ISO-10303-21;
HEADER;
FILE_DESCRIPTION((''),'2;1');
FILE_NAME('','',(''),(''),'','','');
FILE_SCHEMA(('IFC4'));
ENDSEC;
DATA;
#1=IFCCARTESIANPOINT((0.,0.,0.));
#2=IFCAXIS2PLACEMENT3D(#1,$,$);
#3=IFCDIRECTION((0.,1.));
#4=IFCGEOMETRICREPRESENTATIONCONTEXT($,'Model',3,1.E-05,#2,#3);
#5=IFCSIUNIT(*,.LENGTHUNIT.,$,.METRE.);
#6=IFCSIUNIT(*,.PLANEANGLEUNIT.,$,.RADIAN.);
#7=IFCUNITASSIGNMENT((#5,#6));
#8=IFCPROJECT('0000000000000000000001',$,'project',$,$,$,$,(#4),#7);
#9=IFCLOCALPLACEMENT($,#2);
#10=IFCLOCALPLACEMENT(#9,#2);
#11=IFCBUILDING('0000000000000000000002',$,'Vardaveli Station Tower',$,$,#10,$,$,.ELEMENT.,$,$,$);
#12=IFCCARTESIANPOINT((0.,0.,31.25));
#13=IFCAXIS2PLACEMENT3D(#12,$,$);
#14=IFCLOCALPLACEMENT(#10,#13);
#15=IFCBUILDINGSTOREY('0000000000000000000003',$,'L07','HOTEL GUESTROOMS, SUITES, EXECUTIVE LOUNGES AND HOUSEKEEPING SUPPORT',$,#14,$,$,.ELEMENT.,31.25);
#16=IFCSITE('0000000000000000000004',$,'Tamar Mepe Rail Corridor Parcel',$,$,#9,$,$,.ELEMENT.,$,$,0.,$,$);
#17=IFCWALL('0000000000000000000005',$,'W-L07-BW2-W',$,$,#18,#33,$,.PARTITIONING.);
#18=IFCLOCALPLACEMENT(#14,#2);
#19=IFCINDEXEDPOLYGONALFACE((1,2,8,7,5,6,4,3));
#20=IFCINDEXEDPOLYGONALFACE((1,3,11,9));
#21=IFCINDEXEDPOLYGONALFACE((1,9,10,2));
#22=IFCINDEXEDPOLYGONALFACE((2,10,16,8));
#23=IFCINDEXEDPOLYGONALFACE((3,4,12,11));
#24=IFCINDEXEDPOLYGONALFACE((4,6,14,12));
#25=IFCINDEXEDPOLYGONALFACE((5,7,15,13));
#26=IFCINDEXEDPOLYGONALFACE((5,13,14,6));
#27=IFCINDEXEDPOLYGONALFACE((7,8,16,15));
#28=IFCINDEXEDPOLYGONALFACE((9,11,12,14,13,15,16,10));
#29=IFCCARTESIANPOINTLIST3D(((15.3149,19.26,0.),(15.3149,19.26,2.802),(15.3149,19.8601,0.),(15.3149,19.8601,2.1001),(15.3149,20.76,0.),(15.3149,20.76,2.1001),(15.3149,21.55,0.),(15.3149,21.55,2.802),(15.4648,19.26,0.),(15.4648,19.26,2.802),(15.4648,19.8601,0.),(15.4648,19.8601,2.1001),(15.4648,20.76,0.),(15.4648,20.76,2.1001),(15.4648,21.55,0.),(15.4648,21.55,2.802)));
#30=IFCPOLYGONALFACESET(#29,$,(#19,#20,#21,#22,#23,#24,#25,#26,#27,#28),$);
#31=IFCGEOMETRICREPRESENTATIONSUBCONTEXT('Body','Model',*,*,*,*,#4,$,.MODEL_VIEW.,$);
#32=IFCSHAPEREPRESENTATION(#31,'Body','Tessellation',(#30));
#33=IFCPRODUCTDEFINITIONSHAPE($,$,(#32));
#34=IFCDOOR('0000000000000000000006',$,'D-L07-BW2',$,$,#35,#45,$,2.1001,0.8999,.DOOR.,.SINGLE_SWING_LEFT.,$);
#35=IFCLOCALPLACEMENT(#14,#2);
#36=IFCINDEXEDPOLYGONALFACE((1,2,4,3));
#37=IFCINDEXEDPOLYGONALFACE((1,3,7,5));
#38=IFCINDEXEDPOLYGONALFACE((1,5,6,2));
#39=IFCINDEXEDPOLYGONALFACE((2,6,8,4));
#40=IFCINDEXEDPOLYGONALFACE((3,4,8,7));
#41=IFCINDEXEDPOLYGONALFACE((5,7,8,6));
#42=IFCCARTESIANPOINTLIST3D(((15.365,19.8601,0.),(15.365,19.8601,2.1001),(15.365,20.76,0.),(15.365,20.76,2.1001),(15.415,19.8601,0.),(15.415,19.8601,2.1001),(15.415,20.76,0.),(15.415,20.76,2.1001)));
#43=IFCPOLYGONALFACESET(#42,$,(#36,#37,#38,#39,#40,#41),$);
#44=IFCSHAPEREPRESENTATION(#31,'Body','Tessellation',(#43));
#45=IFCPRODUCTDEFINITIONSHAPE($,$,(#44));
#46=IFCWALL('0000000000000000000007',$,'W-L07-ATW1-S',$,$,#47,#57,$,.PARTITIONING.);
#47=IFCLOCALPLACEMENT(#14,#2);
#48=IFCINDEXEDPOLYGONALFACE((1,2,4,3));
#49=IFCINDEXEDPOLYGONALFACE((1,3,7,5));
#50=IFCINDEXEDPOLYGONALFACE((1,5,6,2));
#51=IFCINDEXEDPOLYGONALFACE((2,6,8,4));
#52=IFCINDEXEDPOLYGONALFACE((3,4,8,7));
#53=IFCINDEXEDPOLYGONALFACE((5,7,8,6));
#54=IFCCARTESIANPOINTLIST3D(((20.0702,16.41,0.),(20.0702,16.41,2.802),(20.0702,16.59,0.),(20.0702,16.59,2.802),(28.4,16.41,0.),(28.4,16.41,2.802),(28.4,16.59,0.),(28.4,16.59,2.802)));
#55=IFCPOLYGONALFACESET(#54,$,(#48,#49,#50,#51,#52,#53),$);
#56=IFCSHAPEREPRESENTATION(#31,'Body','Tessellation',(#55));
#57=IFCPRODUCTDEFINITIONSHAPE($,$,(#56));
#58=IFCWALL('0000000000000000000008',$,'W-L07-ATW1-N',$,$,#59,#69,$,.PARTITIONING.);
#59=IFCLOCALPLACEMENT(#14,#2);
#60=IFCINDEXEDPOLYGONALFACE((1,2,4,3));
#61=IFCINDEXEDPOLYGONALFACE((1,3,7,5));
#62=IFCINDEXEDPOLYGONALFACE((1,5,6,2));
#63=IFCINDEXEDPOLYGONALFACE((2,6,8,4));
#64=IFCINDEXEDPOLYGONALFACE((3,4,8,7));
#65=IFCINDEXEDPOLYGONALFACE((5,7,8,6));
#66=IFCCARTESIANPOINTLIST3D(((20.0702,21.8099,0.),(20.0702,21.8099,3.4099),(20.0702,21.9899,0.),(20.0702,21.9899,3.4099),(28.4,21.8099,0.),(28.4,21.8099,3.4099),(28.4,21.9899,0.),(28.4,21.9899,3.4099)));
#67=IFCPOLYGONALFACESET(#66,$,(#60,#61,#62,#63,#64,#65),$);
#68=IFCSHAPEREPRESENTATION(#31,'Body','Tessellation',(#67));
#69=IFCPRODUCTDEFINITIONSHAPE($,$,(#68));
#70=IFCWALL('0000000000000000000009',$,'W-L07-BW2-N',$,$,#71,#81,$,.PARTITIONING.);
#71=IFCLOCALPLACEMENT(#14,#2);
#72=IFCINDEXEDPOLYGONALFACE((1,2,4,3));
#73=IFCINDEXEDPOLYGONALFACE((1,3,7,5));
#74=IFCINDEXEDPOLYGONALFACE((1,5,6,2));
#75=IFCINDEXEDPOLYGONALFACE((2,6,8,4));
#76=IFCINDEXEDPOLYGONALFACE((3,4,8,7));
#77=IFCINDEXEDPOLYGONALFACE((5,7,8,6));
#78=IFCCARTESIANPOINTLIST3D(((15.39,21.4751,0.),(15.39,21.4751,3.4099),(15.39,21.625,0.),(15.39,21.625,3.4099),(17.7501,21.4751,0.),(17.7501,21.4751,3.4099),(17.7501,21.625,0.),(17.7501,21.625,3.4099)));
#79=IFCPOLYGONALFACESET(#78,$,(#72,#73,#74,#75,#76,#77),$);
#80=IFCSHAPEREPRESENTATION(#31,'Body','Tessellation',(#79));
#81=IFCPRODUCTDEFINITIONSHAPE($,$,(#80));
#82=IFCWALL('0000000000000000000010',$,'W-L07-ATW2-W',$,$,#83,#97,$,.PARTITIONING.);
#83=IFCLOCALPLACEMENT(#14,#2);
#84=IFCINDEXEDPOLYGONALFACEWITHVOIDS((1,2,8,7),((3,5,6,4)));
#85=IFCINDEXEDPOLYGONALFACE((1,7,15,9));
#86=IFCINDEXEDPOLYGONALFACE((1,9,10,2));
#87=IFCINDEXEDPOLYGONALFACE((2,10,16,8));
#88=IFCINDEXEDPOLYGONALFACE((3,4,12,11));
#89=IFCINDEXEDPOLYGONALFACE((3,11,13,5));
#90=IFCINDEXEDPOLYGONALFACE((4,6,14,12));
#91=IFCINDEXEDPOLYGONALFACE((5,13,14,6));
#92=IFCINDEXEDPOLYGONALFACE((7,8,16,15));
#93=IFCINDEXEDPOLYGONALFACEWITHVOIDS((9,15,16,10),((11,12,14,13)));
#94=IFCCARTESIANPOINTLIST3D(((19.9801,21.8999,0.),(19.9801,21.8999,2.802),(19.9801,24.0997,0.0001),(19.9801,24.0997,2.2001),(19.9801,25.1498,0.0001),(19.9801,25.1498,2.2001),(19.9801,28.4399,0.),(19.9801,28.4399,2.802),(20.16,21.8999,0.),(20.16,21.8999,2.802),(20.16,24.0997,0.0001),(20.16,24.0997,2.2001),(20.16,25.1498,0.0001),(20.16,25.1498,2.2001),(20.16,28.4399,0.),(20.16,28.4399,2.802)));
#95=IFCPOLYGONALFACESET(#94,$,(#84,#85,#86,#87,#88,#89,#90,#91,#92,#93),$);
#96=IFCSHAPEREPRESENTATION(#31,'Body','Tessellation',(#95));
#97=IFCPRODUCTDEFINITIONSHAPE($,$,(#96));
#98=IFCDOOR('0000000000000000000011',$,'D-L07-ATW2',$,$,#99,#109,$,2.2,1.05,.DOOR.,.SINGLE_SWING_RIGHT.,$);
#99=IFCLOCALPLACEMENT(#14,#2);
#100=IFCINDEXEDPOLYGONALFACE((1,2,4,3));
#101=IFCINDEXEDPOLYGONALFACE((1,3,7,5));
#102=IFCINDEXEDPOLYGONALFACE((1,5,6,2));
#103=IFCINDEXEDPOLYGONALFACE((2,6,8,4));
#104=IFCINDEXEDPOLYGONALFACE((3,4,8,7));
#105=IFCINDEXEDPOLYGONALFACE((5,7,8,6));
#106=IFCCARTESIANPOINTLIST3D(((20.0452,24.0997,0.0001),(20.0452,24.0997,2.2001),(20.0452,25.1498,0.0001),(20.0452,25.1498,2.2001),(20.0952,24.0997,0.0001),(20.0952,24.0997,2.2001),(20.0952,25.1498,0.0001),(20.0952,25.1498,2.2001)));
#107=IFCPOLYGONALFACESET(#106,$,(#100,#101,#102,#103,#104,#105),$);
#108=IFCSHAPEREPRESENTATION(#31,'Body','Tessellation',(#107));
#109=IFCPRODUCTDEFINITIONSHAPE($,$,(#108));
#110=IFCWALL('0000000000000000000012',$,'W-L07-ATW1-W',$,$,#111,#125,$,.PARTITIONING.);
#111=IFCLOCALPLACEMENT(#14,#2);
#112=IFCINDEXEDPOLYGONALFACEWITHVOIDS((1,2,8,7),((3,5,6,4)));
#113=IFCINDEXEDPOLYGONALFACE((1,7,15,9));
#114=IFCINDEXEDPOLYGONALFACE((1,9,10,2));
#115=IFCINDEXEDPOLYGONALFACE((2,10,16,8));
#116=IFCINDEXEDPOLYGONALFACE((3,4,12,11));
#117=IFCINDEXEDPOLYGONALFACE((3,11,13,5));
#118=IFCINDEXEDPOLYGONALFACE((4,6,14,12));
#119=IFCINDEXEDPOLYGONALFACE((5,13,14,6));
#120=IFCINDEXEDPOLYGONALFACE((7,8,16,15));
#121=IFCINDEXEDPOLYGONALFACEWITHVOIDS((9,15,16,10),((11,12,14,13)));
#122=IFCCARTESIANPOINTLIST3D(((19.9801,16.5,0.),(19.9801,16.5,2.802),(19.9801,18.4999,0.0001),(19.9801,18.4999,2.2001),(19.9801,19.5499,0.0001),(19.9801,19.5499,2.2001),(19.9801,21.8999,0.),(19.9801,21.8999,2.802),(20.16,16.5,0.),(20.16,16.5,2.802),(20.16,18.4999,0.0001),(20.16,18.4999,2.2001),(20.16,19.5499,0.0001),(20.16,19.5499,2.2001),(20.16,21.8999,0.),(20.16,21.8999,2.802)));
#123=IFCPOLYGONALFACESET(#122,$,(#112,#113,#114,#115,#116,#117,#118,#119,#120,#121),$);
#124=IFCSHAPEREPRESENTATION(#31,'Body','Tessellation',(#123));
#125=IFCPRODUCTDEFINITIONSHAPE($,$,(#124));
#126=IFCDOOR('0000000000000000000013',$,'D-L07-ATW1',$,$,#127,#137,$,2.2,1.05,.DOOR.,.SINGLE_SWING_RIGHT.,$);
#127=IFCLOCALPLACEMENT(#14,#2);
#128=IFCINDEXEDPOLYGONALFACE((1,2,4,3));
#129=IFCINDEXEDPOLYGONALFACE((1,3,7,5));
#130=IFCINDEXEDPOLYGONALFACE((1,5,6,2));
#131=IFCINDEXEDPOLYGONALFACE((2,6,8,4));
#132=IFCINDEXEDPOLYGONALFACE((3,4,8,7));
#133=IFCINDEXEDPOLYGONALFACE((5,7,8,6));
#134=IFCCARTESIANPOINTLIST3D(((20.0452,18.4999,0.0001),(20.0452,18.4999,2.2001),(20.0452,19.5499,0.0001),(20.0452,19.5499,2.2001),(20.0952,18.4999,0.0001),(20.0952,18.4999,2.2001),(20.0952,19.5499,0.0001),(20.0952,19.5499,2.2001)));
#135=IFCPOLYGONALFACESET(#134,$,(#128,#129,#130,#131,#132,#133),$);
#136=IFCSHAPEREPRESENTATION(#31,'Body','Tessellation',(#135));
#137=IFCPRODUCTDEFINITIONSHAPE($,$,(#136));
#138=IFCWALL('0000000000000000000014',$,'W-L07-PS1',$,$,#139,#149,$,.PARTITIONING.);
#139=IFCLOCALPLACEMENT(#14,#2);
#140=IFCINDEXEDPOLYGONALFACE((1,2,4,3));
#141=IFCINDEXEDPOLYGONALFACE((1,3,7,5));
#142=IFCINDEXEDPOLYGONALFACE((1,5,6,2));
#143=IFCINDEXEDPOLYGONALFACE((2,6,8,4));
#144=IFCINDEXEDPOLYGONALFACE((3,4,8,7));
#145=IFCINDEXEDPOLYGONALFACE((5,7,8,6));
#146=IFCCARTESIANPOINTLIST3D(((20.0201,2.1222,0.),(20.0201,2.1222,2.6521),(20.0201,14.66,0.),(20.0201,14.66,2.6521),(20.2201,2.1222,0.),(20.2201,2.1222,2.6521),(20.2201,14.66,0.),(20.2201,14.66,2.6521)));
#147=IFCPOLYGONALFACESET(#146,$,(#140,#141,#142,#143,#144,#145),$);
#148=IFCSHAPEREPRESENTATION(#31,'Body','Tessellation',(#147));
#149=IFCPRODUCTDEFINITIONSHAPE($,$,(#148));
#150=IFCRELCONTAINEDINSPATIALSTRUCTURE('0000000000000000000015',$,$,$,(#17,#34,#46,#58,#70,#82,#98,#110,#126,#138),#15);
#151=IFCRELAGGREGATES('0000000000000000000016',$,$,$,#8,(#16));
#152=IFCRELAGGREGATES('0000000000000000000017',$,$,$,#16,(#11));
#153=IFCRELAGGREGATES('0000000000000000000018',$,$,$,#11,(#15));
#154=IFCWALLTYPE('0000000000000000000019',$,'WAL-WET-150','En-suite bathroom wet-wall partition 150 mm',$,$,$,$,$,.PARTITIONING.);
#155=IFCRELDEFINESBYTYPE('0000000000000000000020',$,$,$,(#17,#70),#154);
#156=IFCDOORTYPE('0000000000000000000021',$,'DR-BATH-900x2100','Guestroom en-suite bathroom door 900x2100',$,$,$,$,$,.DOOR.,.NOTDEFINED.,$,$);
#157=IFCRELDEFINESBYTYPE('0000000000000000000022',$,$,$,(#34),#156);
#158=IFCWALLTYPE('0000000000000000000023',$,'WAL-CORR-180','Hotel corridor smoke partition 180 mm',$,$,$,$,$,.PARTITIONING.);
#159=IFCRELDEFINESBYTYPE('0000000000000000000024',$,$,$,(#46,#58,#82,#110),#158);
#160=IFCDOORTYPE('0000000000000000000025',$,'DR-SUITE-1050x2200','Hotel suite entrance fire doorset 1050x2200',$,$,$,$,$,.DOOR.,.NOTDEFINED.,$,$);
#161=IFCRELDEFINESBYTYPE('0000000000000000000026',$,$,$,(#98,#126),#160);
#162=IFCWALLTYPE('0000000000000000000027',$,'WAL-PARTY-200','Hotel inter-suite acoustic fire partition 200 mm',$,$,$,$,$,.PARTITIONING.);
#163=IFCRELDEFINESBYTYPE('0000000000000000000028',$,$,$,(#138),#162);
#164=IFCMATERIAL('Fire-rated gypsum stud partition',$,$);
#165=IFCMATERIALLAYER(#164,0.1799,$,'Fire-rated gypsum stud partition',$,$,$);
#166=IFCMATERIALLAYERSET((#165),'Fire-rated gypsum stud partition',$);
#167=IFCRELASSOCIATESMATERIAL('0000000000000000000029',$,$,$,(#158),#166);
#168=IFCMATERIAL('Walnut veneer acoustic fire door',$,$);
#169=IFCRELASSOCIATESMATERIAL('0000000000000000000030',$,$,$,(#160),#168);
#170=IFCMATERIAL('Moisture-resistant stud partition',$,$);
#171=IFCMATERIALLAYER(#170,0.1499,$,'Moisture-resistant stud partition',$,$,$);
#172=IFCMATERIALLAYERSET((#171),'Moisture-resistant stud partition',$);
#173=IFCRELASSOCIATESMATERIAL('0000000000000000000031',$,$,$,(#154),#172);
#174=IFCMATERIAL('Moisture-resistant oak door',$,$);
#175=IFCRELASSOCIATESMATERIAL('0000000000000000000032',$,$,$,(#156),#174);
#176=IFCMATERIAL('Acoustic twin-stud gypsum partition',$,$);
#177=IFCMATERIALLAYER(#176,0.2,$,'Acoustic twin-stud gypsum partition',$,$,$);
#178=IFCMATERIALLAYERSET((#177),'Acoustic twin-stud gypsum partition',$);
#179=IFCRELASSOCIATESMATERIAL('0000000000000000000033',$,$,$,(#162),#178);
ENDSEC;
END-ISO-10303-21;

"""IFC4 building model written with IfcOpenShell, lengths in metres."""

from ifc_helpers import new_model, si_unit, direction, frame, frame_2d, origin, place, context, subcontext, project, spatial, rectangle, extrude, source, transform, mapped, material, layer, layer_set, type_object, element, fill, save


model = new_model("IFC4")

# Units and contexts
model_context = context("Model", 3, precision=1e-05, world=origin(), true_north=direction((0.0, 1.0)))
body_context = subcontext(model_context, "Body", "Model", "MODEL_VIEW")
ifc_project = project(units=[si_unit("LENGTHUNIT", "METRE"), si_unit("PLANEANGLEUNIT", "RADIAN")], contexts=[model_context])

# Site, building, storey
site_placement = place(None, origin())
site = spatial("IfcSite", under=ifc_project, at=site_placement, Name="Tamar Mepe Rail Corridor Parcel", CompositionType="ELEMENT", RefElevation=0.0)
building_placement = place(site_placement, origin())
building = spatial("IfcBuilding", under=site, at=building_placement, Name="Vardaveli Station Tower", CompositionType="ELEMENT")
storey_placement = place(building_placement, frame((0.0, 0.0, 31.25)))
storey = spatial("IfcBuildingStorey", under=building, at=storey_placement, Name="L07", Description="HOTEL GUESTROOMS, SUITES, EXECUTIVE LOUNGES AND HOUSEKEEPING SUPPORT", CompositionType="ELEMENT", Elevation=31.25)

# Shared definitions
ifc_material_1 = material(Name="Fire-rated gypsum stud partition")
ifc_layer_1 = layer(ifc_material_1, 0.1799, Name="Fire-rated gypsum stud partition")
ifc_layer_set_1 = layer_set([ifc_layer_1], Name="Fire-rated gypsum stud partition")
wall_type_1 = type_object("IfcWallType", Name="WAL-CORR-180", Description="Hotel corridor smoke partition 180 mm", PredefinedType="PARTITIONING", material=ifc_layer_set_1)
shared_shape_1 = source(origin(), body_context, "Body", "SweptSolid", [
    extrude(rectangle(XDim=1.05, YDim=2.2, at=frame_2d((0.5249, 1.1001))), frame((0.0, 0.1001, 0.0), z_axis=(0.0, -1.0, 0.0), x_axis=(1.0, 0.0, 0.0)), (0.0, 0.0, 1.0), 0.2),
])
ifc_material_2 = material(Name="Walnut veneer acoustic fire door")
door_type_1 = type_object("IfcDoorType", Name="DR-SUITE-1050x2200", Description="Hotel suite entrance fire doorset 1050x2200", OperationType="NOTDEFINED", PredefinedType="DOOR", material=ifc_material_2)
shared_shape_2 = source(origin(), body_context, "Body", "SweptSolid", [
    extrude(rectangle(XDim=1.05, YDim=2.2, at=frame_2d((0.5249, 1.1001))), frame((0.0, 0.0249, 0.0), z_axis=(0.0, -1.0, 0.0), x_axis=(1.0, 0.0, 0.0)), (0.0, 0.0, 1.0), 0.05),
])

# Wall, opening, door
ifc_material_3 = material(Name="Moisture-resistant stud partition")
ifc_layer_2 = layer(ifc_material_3, 0.1499, Name="Moisture-resistant stud partition")
ifc_layer_set_2 = layer_set([ifc_layer_2], Name="Moisture-resistant stud partition")
wall_type_2 = type_object("IfcWallType", Name="WAL-WET-150", Description="En-suite bathroom wet-wall partition 150 mm", PredefinedType="PARTITIONING", material=ifc_layer_set_2)
shared_shape_3 = source(origin(), body_context, "Body", "SweptSolid", [
    extrude(rectangle(XDim=2.29, YDim=0.1499, at=frame_2d((1.145, 0.0))), origin(), (0.0, 0.0, 1.0), 2.802),
])
wall_1_placement = place(storey_placement, frame((15.3899, 19.26, 0.0), z_axis=(0.0, 0.0, 1.0), x_axis=(0.0, 1.0, 0.0)))
wall_1 = element("IfcWall", 1, at=wall_1_placement, inside=storey, type_object=wall_type_2, Name="W-L07-BW2-W", PredefinedType="PARTITIONING", context=body_context, shape_type="MappedRepresentation", body=[
    mapped(shared_shape_3, transform((0.0, 0.0, 0.0), scale=1.0)),
])
shared_shape_4 = source(origin(), body_context, "Body", "SweptSolid", [
    extrude(rectangle(XDim=0.8999, YDim=2.1001, at=frame_2d((0.45, 1.05))), frame((0.0, 0.085, 0.0), z_axis=(0.0, -1.0, 0.0), x_axis=(1.0, 0.0, 0.0)), (0.0, 0.0, 1.0), 0.1699),
])
opening_1_placement = place(wall_1_placement, frame((0.6001, 0.0, 0.0)))
opening_1 = element("IfcOpeningElement", 2, at=opening_1_placement, cuts=wall_1, PredefinedType="OPENING", context=body_context, shape_type="MappedRepresentation", body=[
    mapped(shared_shape_4, transform((0.0, 0.0, 0.0), scale=1.0)),
])
ifc_material_4 = material(Name="Moisture-resistant oak door")
door_type_2 = type_object("IfcDoorType", Name="DR-BATH-900x2100", Description="Guestroom en-suite bathroom door 900x2100", OperationType="NOTDEFINED", PredefinedType="DOOR", material=ifc_material_4)
shared_shape_5 = source(origin(), body_context, "Body", "SweptSolid", [
    extrude(rectangle(XDim=0.8999, YDim=2.1001, at=frame_2d((0.45, 1.05))), frame((0.0, 0.0249, 0.0), z_axis=(0.0, -1.0, 0.0), x_axis=(1.0, 0.0, 0.0)), (0.0, 0.0, 1.0), 0.05),
])
door_1_placement = place(opening_1_placement, origin())
door_1 = element("IfcDoor", 3, at=door_1_placement, inside=storey, type_object=door_type_2, Name="D-L07-BW2", OperationType="SINGLE_SWING_LEFT", OverallHeight=2.1001, OverallWidth=0.8999, PredefinedType="DOOR", context=body_context, shape_type="MappedRepresentation", body=[
    mapped(shared_shape_5, transform((0.0, 0.0, 0.0), scale=1.0)),
])
fill(opening_1, door_1)

# Walls
shared_shape_6 = source(origin(), body_context, "Body", "SweptSolid", [
    extrude(rectangle(XDim=8.3298, YDim=0.1799, at=frame_2d((4.165, 0.0))), origin(), (0.0, 0.0, 1.0), 2.802),
])
wall_2_placement = place(storey_placement, frame((20.0701, 16.5, 0.0), z_axis=(0.0, 0.0, 1.0), x_axis=(1.0, 0.0, 0.0)))
element("IfcWall", 4, at=wall_2_placement, inside=storey, type_object=wall_type_1, Name="W-L07-ATW1-S", PredefinedType="PARTITIONING", context=body_context, shape_type="MappedRepresentation", body=[
    mapped(shared_shape_6, transform((0.0, 0.0, 0.0), scale=1.0)),
])
shared_shape_7 = source(origin(), body_context, "Body", "SweptSolid", [
    extrude(rectangle(XDim=8.3298, YDim=0.1799, at=frame_2d((4.165, 0.0))), origin(), (0.0, 0.0, 1.0), 3.4099),
])
wall_3_placement = place(storey_placement, frame((20.0701, 21.8999, 0.0), z_axis=(0.0, 0.0, 1.0), x_axis=(1.0, 0.0, 0.0)))
element("IfcWall", 5, at=wall_3_placement, inside=storey, type_object=wall_type_1, Name="W-L07-ATW1-N", PredefinedType="PARTITIONING", context=body_context, shape_type="MappedRepresentation", body=[
    mapped(shared_shape_7, transform((0.0, 0.0, 0.0), scale=1.0)),
])
shared_shape_8 = source(origin(), body_context, "Body", "SweptSolid", [
    extrude(rectangle(XDim=2.3601, YDim=0.1499, at=frame_2d((1.1802, 0.0))), origin(), (0.0, 0.0, 1.0), 3.4099),
])
wall_4_placement = place(storey_placement, frame((15.3899, 21.55, 0.0), z_axis=(0.0, 0.0, 1.0), x_axis=(1.0, 0.0, 0.0)))
element("IfcWall", 6, at=wall_4_placement, inside=storey, type_object=wall_type_2, Name="W-L07-BW2-N", PredefinedType="PARTITIONING", context=body_context, shape_type="MappedRepresentation", body=[
    mapped(shared_shape_8, transform((0.0, 0.0, 0.0), scale=1.0)),
])

# Walls, openings, doors
shared_shape_9 = source(origin(), body_context, "Body", "SweptSolid", [
    extrude(rectangle(XDim=6.54, YDim=0.1799, at=frame_2d((3.27, 0.0))), origin(), (0.0, 0.0, 1.0), 2.802),
])
wall_5_placement = place(storey_placement, frame((20.0701, 21.8999, 0.0), z_axis=(0.0, 0.0, 1.0), x_axis=(0.0, 1.0, 0.0)))
wall_5 = element("IfcWall", 7, at=wall_5_placement, inside=storey, type_object=wall_type_1, Name="W-L07-ATW2-W", PredefinedType="PARTITIONING", context=body_context, shape_type="MappedRepresentation", body=[
    mapped(shared_shape_9, transform((0.0, 0.0, 0.0), scale=1.0)),
])
opening_2_placement = place(wall_5_placement, frame((2.2, 0.0, 0.0)))
opening_2 = element("IfcOpeningElement", 8, at=opening_2_placement, cuts=wall_5, PredefinedType="OPENING", context=body_context, shape_type="MappedRepresentation", body=[
    mapped(shared_shape_1, transform((0.0, 0.0, 0.0), scale=1.0)),
])
door_2_placement = place(opening_2_placement, origin())
door_2 = element("IfcDoor", 9, at=door_2_placement, inside=storey, type_object=door_type_1, Name="D-L07-ATW2", OperationType="SINGLE_SWING_RIGHT", OverallHeight=2.2, OverallWidth=1.05, PredefinedType="DOOR", context=body_context, shape_type="MappedRepresentation", body=[
    mapped(shared_shape_2, transform((0.0, 0.0, 0.0), scale=1.0)),
])
fill(opening_2, door_2)
shared_shape_10 = source(origin(), body_context, "Body", "SweptSolid", [
    extrude(rectangle(XDim=5.3999, YDim=0.1799, at=frame_2d((2.7, 0.0))), origin(), (0.0, 0.0, 1.0), 2.802),
])
wall_6_placement = place(storey_placement, frame((20.0701, 16.5, 0.0), z_axis=(0.0, 0.0, 1.0), x_axis=(0.0, 1.0, 0.0)))
wall_6 = element("IfcWall", 10, at=wall_6_placement, inside=storey, type_object=wall_type_1, Name="W-L07-ATW1-W", PredefinedType="PARTITIONING", context=body_context, shape_type="MappedRepresentation", body=[
    mapped(shared_shape_10, transform((0.0, 0.0, 0.0), scale=1.0)),
])
opening_3_placement = place(wall_6_placement, frame((2.0, 0.0, 0.0)))
opening_3 = element("IfcOpeningElement", 11, at=opening_3_placement, cuts=wall_6, PredefinedType="OPENING", context=body_context, shape_type="MappedRepresentation", body=[
    mapped(shared_shape_1, transform((0.0, 0.0, 0.0), scale=1.0)),
])
door_3_placement = place(opening_3_placement, origin())
door_3 = element("IfcDoor", 12, at=door_3_placement, inside=storey, type_object=door_type_1, Name="D-L07-ATW1", OperationType="SINGLE_SWING_RIGHT", OverallHeight=2.2, OverallWidth=1.05, PredefinedType="DOOR", context=body_context, shape_type="MappedRepresentation", body=[
    mapped(shared_shape_2, transform((0.0, 0.0, 0.0), scale=1.0)),
])
fill(opening_3, door_3)

# Wall
ifc_material_5 = material(Name="Acoustic twin-stud gypsum partition")
ifc_layer_3 = layer(ifc_material_5, 0.2, Name="Acoustic twin-stud gypsum partition")
ifc_layer_set_3 = layer_set([ifc_layer_3], Name="Acoustic twin-stud gypsum partition")
wall_type_3 = type_object("IfcWallType", Name="WAL-PARTY-200", Description="Hotel inter-suite acoustic fire partition 200 mm", PredefinedType="PARTITIONING", material=ifc_layer_set_3)
shared_shape_11 = source(origin(), body_context, "Body", "SweptSolid", [
    extrude(rectangle(XDim=12.5378, YDim=0.2, at=frame_2d((6.269, 0.0))), origin(), (0.0, 0.0, 1.0), 2.6521),
])
wall_7_placement = place(storey_placement, frame((20.1201, 2.1221, 0.0), z_axis=(0.0, 0.0, 1.0), x_axis=(0.0, 1.0, 0.0)))
element("IfcWall", 13, at=wall_7_placement, inside=storey, type_object=wall_type_3, Name="W-L07-PS1", PredefinedType="PARTITIONING", context=body_context, shape_type="MappedRepresentation", body=[
    mapped(shared_shape_11, transform((0.0, 0.0, 0.0), scale=1.0)),
])

save(model, "model.ifc")
